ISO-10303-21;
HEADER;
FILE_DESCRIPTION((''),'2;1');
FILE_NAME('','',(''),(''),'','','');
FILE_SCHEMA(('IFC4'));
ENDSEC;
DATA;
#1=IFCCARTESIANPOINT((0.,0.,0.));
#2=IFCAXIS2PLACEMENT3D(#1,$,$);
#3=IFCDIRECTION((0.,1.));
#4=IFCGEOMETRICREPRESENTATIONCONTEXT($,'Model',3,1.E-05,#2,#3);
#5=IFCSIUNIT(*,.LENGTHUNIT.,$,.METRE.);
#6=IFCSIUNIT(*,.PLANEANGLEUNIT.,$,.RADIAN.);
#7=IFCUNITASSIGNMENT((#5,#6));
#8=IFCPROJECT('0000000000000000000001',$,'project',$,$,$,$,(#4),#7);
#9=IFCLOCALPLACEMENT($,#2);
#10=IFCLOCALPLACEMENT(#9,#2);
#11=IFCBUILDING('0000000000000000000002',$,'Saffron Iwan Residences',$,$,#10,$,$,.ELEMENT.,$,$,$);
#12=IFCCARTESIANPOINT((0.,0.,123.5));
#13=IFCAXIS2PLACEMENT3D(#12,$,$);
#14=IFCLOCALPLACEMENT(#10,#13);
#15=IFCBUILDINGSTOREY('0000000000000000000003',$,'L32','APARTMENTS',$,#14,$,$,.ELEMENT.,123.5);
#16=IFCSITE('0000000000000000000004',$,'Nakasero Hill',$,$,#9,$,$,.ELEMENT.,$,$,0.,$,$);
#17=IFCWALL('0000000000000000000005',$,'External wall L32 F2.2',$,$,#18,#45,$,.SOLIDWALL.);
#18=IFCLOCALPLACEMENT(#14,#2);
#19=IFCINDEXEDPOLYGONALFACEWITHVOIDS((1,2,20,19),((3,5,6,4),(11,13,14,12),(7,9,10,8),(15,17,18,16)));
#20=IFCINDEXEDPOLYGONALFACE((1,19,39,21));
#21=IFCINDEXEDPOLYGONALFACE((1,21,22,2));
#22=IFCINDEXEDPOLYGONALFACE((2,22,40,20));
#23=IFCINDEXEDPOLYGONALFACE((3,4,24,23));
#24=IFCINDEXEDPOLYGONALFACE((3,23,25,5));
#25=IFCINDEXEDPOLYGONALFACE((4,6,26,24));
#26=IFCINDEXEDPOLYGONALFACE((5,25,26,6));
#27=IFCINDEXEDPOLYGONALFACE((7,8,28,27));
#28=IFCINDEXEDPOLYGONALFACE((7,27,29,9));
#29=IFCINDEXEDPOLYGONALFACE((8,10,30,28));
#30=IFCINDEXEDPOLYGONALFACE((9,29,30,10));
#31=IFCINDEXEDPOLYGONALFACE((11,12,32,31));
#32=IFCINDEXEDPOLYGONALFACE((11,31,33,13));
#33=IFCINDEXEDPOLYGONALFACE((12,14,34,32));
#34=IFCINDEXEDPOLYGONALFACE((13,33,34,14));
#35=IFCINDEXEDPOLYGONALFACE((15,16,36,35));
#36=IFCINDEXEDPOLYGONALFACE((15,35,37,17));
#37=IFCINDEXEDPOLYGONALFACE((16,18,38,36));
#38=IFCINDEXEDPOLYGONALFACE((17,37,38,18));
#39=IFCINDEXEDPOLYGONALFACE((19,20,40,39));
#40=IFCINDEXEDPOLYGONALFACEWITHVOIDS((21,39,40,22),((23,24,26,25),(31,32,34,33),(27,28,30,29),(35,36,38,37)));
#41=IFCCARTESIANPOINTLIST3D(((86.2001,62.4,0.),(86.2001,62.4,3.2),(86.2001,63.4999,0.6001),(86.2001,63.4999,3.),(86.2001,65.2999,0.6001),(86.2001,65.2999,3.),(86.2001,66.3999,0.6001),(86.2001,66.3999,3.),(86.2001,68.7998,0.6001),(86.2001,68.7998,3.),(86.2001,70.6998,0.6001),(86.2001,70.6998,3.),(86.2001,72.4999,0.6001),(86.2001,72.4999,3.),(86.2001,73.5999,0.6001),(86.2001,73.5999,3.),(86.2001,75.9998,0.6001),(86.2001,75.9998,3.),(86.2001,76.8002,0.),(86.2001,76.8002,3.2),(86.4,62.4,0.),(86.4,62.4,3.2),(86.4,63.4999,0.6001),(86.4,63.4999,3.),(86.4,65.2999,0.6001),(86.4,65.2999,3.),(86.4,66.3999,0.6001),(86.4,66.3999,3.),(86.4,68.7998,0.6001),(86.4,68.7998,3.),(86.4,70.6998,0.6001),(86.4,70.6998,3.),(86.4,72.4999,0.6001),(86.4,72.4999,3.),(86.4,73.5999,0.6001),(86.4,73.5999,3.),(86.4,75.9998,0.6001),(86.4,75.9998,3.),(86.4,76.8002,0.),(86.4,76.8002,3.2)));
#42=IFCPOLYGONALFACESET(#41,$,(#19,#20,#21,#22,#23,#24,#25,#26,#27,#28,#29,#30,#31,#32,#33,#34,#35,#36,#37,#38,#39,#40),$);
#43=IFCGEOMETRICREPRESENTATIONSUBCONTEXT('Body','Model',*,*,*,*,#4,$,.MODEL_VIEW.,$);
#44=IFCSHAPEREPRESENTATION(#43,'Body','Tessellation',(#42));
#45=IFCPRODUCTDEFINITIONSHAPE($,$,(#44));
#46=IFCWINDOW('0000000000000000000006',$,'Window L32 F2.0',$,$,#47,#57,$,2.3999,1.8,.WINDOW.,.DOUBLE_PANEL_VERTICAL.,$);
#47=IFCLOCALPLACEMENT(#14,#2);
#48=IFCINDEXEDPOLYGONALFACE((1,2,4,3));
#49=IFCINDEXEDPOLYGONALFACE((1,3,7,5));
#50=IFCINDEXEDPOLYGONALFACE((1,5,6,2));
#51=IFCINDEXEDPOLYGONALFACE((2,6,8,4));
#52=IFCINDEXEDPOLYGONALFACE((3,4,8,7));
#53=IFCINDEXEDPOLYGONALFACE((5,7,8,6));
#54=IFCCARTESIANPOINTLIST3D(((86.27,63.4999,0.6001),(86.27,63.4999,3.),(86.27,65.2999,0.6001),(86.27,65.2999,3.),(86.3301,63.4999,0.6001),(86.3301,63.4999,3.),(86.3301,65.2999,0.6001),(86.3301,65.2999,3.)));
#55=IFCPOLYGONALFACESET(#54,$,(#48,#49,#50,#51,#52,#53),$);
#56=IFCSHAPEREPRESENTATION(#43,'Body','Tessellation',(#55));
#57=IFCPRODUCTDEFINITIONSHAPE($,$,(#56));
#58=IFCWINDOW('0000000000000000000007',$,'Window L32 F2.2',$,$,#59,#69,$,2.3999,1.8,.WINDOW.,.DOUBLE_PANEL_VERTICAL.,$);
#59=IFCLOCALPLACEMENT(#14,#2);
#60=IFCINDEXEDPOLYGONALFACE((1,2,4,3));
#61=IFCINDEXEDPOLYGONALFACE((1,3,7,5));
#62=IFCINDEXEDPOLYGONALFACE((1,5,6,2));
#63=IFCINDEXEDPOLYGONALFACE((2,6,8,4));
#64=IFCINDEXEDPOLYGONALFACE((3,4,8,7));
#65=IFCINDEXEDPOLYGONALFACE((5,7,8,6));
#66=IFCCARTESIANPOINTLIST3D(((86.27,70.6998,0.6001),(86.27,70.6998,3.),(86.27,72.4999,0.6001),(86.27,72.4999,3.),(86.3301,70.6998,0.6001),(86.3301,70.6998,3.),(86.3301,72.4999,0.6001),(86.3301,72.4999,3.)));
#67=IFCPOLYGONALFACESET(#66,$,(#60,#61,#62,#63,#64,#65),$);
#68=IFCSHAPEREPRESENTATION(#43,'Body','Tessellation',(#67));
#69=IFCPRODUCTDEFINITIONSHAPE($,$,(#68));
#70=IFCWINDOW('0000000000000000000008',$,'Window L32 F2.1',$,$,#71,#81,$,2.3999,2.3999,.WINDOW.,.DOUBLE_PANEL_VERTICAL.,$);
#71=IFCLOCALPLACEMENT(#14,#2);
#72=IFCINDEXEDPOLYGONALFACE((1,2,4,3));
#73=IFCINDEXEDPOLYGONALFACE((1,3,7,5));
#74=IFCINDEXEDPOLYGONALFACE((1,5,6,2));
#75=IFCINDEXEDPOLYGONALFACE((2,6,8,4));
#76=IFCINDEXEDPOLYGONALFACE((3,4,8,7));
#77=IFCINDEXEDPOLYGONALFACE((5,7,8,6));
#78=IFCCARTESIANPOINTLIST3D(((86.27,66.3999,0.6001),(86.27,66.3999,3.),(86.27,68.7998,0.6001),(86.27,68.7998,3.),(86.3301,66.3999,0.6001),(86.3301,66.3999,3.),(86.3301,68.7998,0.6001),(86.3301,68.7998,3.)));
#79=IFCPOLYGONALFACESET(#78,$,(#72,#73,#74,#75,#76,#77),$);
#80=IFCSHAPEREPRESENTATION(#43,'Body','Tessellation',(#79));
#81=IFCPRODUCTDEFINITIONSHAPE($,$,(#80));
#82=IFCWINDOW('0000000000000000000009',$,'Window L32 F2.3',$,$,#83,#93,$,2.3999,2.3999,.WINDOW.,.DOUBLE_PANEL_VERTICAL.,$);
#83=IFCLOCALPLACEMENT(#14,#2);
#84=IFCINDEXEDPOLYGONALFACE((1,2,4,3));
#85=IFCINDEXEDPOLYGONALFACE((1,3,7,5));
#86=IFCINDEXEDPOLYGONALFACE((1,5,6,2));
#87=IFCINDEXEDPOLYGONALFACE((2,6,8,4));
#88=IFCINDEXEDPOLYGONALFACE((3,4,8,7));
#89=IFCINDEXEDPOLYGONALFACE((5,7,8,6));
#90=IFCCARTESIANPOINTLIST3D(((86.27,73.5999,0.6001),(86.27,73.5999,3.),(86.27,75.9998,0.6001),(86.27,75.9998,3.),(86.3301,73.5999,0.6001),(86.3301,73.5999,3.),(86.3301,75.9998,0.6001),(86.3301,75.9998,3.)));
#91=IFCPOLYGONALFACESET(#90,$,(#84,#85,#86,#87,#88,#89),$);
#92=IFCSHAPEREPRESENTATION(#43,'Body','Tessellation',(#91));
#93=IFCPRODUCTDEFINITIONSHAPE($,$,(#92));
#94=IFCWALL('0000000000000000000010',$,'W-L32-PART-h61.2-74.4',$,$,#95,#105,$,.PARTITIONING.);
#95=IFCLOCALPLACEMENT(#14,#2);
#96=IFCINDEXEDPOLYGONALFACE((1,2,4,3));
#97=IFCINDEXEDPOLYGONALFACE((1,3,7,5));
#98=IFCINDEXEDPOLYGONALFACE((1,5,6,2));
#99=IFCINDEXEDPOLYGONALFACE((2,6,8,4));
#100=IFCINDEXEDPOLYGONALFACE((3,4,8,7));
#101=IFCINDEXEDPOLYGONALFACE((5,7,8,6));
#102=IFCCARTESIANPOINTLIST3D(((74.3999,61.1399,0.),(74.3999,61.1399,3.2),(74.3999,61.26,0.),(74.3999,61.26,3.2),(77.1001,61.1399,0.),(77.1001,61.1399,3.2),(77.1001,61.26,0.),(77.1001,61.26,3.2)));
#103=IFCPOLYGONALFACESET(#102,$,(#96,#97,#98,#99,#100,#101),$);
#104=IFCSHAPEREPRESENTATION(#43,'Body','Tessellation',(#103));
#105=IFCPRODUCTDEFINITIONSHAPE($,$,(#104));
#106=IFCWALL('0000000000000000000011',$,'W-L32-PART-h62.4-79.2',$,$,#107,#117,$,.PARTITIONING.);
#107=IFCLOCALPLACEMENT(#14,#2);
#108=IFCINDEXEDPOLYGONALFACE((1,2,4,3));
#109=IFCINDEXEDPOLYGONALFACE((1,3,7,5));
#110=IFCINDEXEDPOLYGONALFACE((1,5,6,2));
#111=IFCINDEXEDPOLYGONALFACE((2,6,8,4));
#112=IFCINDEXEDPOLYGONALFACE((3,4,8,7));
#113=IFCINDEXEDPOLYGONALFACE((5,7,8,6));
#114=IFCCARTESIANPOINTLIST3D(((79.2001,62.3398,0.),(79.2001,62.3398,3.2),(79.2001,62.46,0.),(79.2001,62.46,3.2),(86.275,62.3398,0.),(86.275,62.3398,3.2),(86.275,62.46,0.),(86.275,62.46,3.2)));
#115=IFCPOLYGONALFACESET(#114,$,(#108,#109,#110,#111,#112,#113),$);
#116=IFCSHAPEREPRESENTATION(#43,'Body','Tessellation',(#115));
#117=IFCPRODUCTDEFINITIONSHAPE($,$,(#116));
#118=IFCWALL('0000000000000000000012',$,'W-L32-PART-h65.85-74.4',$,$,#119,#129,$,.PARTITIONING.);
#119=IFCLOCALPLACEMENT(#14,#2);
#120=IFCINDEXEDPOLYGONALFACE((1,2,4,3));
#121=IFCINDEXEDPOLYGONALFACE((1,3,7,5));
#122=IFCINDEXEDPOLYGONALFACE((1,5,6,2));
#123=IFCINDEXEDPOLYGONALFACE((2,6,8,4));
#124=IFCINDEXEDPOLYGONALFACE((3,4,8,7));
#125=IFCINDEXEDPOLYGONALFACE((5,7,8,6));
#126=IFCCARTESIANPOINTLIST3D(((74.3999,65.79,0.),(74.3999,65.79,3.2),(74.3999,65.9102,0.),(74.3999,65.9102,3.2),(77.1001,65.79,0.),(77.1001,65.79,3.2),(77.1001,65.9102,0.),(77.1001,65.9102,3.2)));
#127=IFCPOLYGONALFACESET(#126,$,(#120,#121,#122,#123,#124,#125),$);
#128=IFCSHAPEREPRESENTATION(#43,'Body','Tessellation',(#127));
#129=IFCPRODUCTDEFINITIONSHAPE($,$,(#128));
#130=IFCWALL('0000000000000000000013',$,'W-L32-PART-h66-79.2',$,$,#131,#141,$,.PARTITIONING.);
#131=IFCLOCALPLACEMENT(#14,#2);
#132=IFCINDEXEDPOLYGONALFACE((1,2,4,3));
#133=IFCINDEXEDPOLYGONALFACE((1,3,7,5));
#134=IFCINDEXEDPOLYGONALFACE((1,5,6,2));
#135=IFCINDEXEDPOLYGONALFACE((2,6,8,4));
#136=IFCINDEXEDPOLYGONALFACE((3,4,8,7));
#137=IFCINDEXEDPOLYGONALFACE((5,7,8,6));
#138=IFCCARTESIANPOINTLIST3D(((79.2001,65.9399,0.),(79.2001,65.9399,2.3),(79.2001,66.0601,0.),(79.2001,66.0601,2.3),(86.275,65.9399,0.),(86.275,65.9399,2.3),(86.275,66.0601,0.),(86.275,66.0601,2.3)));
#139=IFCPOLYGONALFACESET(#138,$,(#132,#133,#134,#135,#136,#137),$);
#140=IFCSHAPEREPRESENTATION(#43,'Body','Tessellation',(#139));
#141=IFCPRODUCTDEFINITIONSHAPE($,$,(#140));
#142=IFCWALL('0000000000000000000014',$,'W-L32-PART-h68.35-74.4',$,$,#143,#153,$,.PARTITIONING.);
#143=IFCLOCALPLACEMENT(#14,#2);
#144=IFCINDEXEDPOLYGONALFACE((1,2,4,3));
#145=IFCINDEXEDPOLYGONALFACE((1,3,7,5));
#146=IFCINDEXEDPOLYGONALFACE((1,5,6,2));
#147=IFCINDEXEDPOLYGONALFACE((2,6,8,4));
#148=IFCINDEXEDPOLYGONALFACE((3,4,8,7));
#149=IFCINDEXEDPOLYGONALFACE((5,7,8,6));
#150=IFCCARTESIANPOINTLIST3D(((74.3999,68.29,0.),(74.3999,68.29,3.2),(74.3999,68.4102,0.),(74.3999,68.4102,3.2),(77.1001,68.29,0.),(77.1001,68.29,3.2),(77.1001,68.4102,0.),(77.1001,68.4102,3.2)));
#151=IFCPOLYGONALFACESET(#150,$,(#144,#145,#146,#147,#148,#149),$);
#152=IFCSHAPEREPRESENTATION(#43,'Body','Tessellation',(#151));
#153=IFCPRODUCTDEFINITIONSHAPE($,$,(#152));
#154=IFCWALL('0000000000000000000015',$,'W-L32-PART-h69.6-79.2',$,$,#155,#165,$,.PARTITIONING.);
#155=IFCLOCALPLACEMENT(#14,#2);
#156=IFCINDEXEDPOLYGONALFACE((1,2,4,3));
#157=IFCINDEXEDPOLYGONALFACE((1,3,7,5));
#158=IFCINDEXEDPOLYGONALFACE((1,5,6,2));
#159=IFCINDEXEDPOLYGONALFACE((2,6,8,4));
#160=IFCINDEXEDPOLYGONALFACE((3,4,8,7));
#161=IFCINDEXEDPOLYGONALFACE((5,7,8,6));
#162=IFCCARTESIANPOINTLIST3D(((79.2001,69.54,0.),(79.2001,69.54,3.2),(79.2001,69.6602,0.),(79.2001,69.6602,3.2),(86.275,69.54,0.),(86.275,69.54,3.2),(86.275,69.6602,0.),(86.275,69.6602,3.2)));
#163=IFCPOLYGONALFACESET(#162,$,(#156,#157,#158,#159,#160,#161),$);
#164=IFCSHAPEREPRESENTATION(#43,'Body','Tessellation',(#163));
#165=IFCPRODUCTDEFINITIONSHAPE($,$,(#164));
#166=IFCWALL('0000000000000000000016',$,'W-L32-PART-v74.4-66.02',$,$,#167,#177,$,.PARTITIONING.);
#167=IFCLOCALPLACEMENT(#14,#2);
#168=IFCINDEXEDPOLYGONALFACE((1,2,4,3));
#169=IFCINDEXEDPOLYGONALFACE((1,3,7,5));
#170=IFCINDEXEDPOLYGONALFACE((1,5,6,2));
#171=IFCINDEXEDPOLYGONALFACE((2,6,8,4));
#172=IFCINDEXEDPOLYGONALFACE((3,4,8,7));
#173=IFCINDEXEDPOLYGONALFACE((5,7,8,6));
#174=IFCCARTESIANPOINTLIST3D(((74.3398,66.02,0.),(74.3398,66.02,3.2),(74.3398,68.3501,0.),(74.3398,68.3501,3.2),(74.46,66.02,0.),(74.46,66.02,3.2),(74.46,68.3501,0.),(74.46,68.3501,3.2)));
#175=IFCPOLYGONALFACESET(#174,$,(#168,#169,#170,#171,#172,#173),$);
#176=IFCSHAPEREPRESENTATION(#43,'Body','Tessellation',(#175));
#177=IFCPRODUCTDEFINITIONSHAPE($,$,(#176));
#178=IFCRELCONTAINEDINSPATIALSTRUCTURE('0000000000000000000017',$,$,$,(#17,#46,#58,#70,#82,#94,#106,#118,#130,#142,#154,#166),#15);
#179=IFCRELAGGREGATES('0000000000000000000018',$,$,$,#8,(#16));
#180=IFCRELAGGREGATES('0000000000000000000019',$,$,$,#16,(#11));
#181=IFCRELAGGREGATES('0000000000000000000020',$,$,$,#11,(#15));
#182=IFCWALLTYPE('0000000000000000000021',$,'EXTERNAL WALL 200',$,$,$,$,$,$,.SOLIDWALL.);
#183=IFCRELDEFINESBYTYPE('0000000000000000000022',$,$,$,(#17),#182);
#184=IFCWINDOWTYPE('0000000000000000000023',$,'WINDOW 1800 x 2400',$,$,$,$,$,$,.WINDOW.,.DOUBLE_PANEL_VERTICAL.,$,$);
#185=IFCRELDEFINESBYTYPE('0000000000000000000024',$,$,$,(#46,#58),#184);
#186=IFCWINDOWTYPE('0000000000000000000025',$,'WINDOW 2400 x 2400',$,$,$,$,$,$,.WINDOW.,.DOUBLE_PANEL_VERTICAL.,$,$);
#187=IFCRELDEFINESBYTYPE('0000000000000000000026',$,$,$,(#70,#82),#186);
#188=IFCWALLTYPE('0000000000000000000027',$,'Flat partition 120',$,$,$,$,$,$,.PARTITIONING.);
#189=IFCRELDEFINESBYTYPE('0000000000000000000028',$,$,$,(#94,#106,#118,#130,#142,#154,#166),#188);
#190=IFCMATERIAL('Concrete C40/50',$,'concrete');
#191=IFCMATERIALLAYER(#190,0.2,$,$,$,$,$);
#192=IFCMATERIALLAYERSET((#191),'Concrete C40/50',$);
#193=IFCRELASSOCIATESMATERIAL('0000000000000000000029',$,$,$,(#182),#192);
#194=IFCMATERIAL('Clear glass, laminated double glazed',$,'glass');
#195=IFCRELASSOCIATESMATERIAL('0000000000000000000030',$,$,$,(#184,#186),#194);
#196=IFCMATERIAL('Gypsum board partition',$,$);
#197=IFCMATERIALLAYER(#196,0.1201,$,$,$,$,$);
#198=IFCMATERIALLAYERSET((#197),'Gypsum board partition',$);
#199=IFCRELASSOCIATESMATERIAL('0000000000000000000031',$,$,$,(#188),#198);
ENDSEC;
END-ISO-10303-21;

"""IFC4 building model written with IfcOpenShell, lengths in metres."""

from ifc_helpers import new_model, si_unit, direction, frame, frame_2d, origin, place, context, subcontext, project, spatial, rectangle, extrude, material, layer, layer_set, type_object, element, fill, save


model = new_model("IFC4")

# Units and contexts
model_context = context("Model", 3, precision=1e-05, world=origin(), true_north=direction((0.0, 1.0)))
body_context = subcontext(model_context, "Body", "Model", "MODEL_VIEW")
ifc_project = project(units=[si_unit("LENGTHUNIT", "METRE"), si_unit("PLANEANGLEUNIT", "RADIAN")], contexts=[model_context])

# Site, building, storey
site_placement = place(None, origin())
site = spatial("IfcSite", under=ifc_project, at=site_placement, Name="Nakasero Hill", CompositionType="ELEMENT", RefElevation=0.0)
building_placement = place(site_placement, origin())
building = spatial("IfcBuilding", under=site, at=building_placement, Name="Saffron Iwan Residences", CompositionType="ELEMENT")
storey_placement = place(building_placement, frame((0.0, 0.0, 123.5)))
storey = spatial("IfcBuildingStorey", under=building, at=storey_placement, Name="L32", Description="APARTMENTS", CompositionType="ELEMENT", Elevation=123.5)

# Wall, openings, windows
ifc_material_1 = material(Name="Concrete C40/50", Category="concrete")
ifc_layer_1 = layer(ifc_material_1, 0.2)
ifc_layer_set_1 = layer_set([ifc_layer_1], Name="Concrete C40/50")
wall_type_1 = type_object("IfcWallType", Name="EXTERNAL WALL 200", PredefinedType="SOLIDWALL", material=ifc_layer_set_1)
wall_1_placement = place(storey_placement, frame((86.3, 62.3999, 0.0), z_axis=(0.0, 0.0, 1.0), x_axis=(0.0, 1.0, 0.0)))
wall_1 = element("IfcWall", 1, at=wall_1_placement, inside=storey, type_object=wall_type_1, Name="External wall L32 F2.2", PredefinedType="SOLIDWALL", context=body_context, shape_type="SweptSolid", body=[
    extrude(rectangle(XDim=14.4001, YDim=0.2, at=frame_2d((7.2002, 0.0))), origin(), (0.0, 0.0, 1.0), 3.2),
])
opening_1_placement = place(wall_1_placement, frame((1.1001, 0.0, 0.6001)))
opening_1 = element("IfcOpeningElement", 2, at=opening_1_placement, cuts=wall_1, PredefinedType="OPENING", context=body_context, shape_type="SweptSolid", body=[
    extrude(rectangle(XDim=1.8, YDim=2.3999, at=frame_2d((0.8999, 1.2))), frame((0.0, 0.1099, 0.0), z_axis=(0.0, -1.0, 0.0), x_axis=(1.0, 0.0, 0.0)), (0.0, 0.0, 1.0), 0.22),
])
opening_2_placement = place(wall_1_placement, frame((4.0, 0.0, 0.6001)))
opening_2 = element("IfcOpeningElement", 3, at=opening_2_placement, cuts=wall_1, PredefinedType="OPENING", context=body_context, shape_type="SweptSolid", body=[
    extrude(rectangle(XDim=2.3999, YDim=2.3999, at=frame_2d((1.2, 1.2))), frame((0.0, 0.1099, 0.0), z_axis=(0.0, -1.0, 0.0), x_axis=(1.0, 0.0, 0.0)), (0.0, 0.0, 1.0), 0.22),
])
opening_3_placement = place(wall_1_placement, frame((8.3, 0.0, 0.6001)))
opening_3 = element("IfcOpeningElement", 4, at=opening_3_placement, cuts=wall_1, PredefinedType="OPENING", context=body_context, shape_type="SweptSolid", body=[
    extrude(rectangle(XDim=1.8, YDim=2.3999, at=frame_2d((0.8999, 1.2))), frame((0.0, 0.1099, 0.0), z_axis=(0.0, -1.0, 0.0), x_axis=(1.0, 0.0, 0.0)), (0.0, 0.0, 1.0), 0.22),
])
opening_4_placement = place(wall_1_placement, frame((11.2, 0.0, 0.6001)))
opening_4 = element("IfcOpeningElement", 5, at=opening_4_placement, cuts=wall_1, PredefinedType="OPENING", context=body_context, shape_type="SweptSolid", body=[
    extrude(rectangle(XDim=2.3999, YDim=2.3999, at=frame_2d((1.2, 1.2))), frame((0.0, 0.1099, 0.0), z_axis=(0.0, -1.0, 0.0), x_axis=(1.0, 0.0, 0.0)), (0.0, 0.0, 1.0), 0.22),
])
ifc_material_2 = material(Name="Clear glass, laminated double glazed", Category="glass")
window_type_1 = type_object("IfcWindowType", Name="WINDOW 1800 x 2400", PartitioningType="DOUBLE_PANEL_VERTICAL", PredefinedType="WINDOW", material=ifc_material_2)
window_1_placement = place(opening_1_placement, origin())
window_1 = element("IfcWindow", 6, at=window_1_placement, inside=storey, type_object=window_type_1, Name="Window L32 F2.0", OverallHeight=2.3999, OverallWidth=1.8, PartitioningType="DOUBLE_PANEL_VERTICAL", PredefinedType="WINDOW", context=body_context, shape_type="SweptSolid", body=[
    extrude(rectangle(XDim=1.8, YDim=2.3999, at=frame_2d((0.8999, 1.2))), frame((0.0, 0.03, 0.0), z_axis=(0.0, -1.0, 0.0), x_axis=(1.0, 0.0, 0.0)), (0.0, 0.0, 1.0), 0.0601),
])
fill(opening_1, window_1)
window_2_placement = place(opening_3_placement, origin())
window_2 = element("IfcWindow", 7, at=window_2_placement, inside=storey, type_object=window_type_1, Name="Window L32 F2.2", OverallHeight=2.3999, OverallWidth=1.8, PartitioningType="DOUBLE_PANEL_VERTICAL", PredefinedType="WINDOW", context=body_context, shape_type="SweptSolid", body=[
    extrude(rectangle(XDim=1.8, YDim=2.3999, at=frame_2d((0.8999, 1.2))), frame((0.0, 0.03, 0.0), z_axis=(0.0, -1.0, 0.0), x_axis=(1.0, 0.0, 0.0)), (0.0, 0.0, 1.0), 0.0601),
])
fill(opening_3, window_2)
window_type_2 = type_object("IfcWindowType", Name="WINDOW 2400 x 2400", PartitioningType="DOUBLE_PANEL_VERTICAL", PredefinedType="WINDOW", material=ifc_material_2)
window_3_placement = place(opening_2_placement, origin())
window_3 = element("IfcWindow", 8, at=window_3_placement, inside=storey, type_object=window_type_2, Name="Window L32 F2.1", OverallHeight=2.3999, OverallWidth=2.3999, PartitioningType="DOUBLE_PANEL_VERTICAL", PredefinedType="WINDOW", context=body_context, shape_type="SweptSolid", body=[
    extrude(rectangle(XDim=2.3999, YDim=2.3999, at=frame_2d((1.2, 1.2))), frame((0.0, 0.03, 0.0), z_axis=(0.0, -1.0, 0.0), x_axis=(1.0, 0.0, 0.0)), (0.0, 0.0, 1.0), 0.0601),
])
fill(opening_2, window_3)
window_4_placement = place(opening_4_placement, origin())
window_4 = element("IfcWindow", 9, at=window_4_placement, inside=storey, type_object=window_type_2, Name="Window L32 F2.3", OverallHeight=2.3999, OverallWidth=2.3999, PartitioningType="DOUBLE_PANEL_VERTICAL", PredefinedType="WINDOW", context=body_context, shape_type="SweptSolid", body=[
    extrude(rectangle(XDim=2.3999, YDim=2.3999, at=frame_2d((1.2, 1.2))), frame((0.0, 0.03, 0.0), z_axis=(0.0, -1.0, 0.0), x_axis=(1.0, 0.0, 0.0)), (0.0, 0.0, 1.0), 0.0601),
])
fill(opening_4, window_4)

# Walls
ifc_material_3 = material(Name="Gypsum board partition")
ifc_layer_2 = layer(ifc_material_3, 0.1201)
ifc_layer_set_2 = layer_set([ifc_layer_2], Name="Gypsum board partition")
wall_type_2 = type_object("IfcWallType", Name="Flat partition 120", PredefinedType="PARTITIONING", material=ifc_layer_set_2)
wall_2_placement = place(storey_placement, frame((74.3999, 61.2, 0.0), z_axis=(0.0, 0.0, 1.0), x_axis=(1.0, 0.0, 0.0)))
element("IfcWall", 10, at=wall_2_placement, inside=storey, type_object=wall_type_2, Name="W-L32-PART-h61.2-74.4", PredefinedType="PARTITIONING", context=body_context, shape_type="SweptSolid", body=[
    extrude(rectangle(XDim=2.7002, YDim=0.1201, at=frame_2d((1.3501, 0.0))), origin(), (0.0, 0.0, 1.0), 3.2),
])
wall_3_placement = place(storey_placement, frame((79.2, 62.3999, 0.0), z_axis=(0.0, 0.0, 1.0), x_axis=(1.0, 0.0, 0.0)))
element("IfcWall", 11, at=wall_3_placement, inside=storey, type_object=wall_type_2, Name="W-L32-PART-h62.4-79.2", PredefinedType="PARTITIONING", context=body_context, shape_type="SweptSolid", body=[
    extrude(rectangle(XDim=7.075, YDim=0.1201, at=frame_2d((3.5376, 0.0))), origin(), (0.0, 0.0, 1.0), 3.2),
])
wall_4_placement = place(storey_placement, frame((74.3999, 65.8501, 0.0), z_axis=(0.0, 0.0, 1.0), x_axis=(1.0, 0.0, 0.0)))
element("IfcWall", 12, at=wall_4_placement, inside=storey, type_object=wall_type_2, Name="W-L32-PART-h65.85-74.4", PredefinedType="PARTITIONING", context=body_context, shape_type="SweptSolid", body=[
    extrude(rectangle(XDim=2.7002, YDim=0.1201, at=frame_2d((1.3501, 0.0))), origin(), (0.0, 0.0, 1.0), 3.2),
])
wall_5_placement = place(storey_placement, frame((79.2, 66.0, 0.0), z_axis=(0.0, 0.0, 1.0), x_axis=(1.0, 0.0, 0.0)))
element("IfcWall", 13, at=wall_5_placement, inside=storey, type_object=wall_type_2, Name="W-L32-PART-h66-79.2", PredefinedType="PARTITIONING", context=body_context, shape_type="SweptSolid", body=[
    extrude(rectangle(XDim=7.075, YDim=0.1201, at=frame_2d((3.5376, 0.0))), origin(), (0.0, 0.0, 1.0), 2.3),
])
wall_6_placement = place(storey_placement, frame((74.3999, 68.3501, 0.0), z_axis=(0.0, 0.0, 1.0), x_axis=(1.0, 0.0, 0.0)))
element("IfcWall", 14, at=wall_6_placement, inside=storey, type_object=wall_type_2, Name="W-L32-PART-h68.35-74.4", PredefinedType="PARTITIONING", context=body_context, shape_type="SweptSolid", body=[
    extrude(rectangle(XDim=2.7002, YDim=0.1201, at=frame_2d((1.3501, 0.0))), origin(), (0.0, 0.0, 1.0), 3.2),
])
wall_7_placement = place(storey_placement, frame((79.2, 69.6001, 0.0), z_axis=(0.0, 0.0, 1.0), x_axis=(1.0, 0.0, 0.0)))
element("IfcWall", 15, at=wall_7_placement, inside=storey, type_object=wall_type_2, Name="W-L32-PART-h69.6-79.2", PredefinedType="PARTITIONING", context=body_context, shape_type="SweptSolid", body=[
    extrude(rectangle(XDim=7.075, YDim=0.1201, at=frame_2d((3.5376, 0.0))), origin(), (0.0, 0.0, 1.0), 3.2),
])
wall_8_placement = place(storey_placement, frame((74.3999, 66.02, 0.0), z_axis=(0.0, 0.0, 1.0), x_axis=(0.0, 1.0, 0.0)))
element("IfcWall", 16, at=wall_8_placement, inside=storey, type_object=wall_type_2, Name="W-L32-PART-v74.4-66.02", PredefinedType="PARTITIONING", context=body_context, shape_type="SweptSolid", body=[
    extrude(rectangle(XDim=2.3301, YDim=0.1201, at=frame_2d((1.165, 0.0))), origin(), (0.0, 0.0, 1.0), 3.2),
])

save(model, "model.ifc")
